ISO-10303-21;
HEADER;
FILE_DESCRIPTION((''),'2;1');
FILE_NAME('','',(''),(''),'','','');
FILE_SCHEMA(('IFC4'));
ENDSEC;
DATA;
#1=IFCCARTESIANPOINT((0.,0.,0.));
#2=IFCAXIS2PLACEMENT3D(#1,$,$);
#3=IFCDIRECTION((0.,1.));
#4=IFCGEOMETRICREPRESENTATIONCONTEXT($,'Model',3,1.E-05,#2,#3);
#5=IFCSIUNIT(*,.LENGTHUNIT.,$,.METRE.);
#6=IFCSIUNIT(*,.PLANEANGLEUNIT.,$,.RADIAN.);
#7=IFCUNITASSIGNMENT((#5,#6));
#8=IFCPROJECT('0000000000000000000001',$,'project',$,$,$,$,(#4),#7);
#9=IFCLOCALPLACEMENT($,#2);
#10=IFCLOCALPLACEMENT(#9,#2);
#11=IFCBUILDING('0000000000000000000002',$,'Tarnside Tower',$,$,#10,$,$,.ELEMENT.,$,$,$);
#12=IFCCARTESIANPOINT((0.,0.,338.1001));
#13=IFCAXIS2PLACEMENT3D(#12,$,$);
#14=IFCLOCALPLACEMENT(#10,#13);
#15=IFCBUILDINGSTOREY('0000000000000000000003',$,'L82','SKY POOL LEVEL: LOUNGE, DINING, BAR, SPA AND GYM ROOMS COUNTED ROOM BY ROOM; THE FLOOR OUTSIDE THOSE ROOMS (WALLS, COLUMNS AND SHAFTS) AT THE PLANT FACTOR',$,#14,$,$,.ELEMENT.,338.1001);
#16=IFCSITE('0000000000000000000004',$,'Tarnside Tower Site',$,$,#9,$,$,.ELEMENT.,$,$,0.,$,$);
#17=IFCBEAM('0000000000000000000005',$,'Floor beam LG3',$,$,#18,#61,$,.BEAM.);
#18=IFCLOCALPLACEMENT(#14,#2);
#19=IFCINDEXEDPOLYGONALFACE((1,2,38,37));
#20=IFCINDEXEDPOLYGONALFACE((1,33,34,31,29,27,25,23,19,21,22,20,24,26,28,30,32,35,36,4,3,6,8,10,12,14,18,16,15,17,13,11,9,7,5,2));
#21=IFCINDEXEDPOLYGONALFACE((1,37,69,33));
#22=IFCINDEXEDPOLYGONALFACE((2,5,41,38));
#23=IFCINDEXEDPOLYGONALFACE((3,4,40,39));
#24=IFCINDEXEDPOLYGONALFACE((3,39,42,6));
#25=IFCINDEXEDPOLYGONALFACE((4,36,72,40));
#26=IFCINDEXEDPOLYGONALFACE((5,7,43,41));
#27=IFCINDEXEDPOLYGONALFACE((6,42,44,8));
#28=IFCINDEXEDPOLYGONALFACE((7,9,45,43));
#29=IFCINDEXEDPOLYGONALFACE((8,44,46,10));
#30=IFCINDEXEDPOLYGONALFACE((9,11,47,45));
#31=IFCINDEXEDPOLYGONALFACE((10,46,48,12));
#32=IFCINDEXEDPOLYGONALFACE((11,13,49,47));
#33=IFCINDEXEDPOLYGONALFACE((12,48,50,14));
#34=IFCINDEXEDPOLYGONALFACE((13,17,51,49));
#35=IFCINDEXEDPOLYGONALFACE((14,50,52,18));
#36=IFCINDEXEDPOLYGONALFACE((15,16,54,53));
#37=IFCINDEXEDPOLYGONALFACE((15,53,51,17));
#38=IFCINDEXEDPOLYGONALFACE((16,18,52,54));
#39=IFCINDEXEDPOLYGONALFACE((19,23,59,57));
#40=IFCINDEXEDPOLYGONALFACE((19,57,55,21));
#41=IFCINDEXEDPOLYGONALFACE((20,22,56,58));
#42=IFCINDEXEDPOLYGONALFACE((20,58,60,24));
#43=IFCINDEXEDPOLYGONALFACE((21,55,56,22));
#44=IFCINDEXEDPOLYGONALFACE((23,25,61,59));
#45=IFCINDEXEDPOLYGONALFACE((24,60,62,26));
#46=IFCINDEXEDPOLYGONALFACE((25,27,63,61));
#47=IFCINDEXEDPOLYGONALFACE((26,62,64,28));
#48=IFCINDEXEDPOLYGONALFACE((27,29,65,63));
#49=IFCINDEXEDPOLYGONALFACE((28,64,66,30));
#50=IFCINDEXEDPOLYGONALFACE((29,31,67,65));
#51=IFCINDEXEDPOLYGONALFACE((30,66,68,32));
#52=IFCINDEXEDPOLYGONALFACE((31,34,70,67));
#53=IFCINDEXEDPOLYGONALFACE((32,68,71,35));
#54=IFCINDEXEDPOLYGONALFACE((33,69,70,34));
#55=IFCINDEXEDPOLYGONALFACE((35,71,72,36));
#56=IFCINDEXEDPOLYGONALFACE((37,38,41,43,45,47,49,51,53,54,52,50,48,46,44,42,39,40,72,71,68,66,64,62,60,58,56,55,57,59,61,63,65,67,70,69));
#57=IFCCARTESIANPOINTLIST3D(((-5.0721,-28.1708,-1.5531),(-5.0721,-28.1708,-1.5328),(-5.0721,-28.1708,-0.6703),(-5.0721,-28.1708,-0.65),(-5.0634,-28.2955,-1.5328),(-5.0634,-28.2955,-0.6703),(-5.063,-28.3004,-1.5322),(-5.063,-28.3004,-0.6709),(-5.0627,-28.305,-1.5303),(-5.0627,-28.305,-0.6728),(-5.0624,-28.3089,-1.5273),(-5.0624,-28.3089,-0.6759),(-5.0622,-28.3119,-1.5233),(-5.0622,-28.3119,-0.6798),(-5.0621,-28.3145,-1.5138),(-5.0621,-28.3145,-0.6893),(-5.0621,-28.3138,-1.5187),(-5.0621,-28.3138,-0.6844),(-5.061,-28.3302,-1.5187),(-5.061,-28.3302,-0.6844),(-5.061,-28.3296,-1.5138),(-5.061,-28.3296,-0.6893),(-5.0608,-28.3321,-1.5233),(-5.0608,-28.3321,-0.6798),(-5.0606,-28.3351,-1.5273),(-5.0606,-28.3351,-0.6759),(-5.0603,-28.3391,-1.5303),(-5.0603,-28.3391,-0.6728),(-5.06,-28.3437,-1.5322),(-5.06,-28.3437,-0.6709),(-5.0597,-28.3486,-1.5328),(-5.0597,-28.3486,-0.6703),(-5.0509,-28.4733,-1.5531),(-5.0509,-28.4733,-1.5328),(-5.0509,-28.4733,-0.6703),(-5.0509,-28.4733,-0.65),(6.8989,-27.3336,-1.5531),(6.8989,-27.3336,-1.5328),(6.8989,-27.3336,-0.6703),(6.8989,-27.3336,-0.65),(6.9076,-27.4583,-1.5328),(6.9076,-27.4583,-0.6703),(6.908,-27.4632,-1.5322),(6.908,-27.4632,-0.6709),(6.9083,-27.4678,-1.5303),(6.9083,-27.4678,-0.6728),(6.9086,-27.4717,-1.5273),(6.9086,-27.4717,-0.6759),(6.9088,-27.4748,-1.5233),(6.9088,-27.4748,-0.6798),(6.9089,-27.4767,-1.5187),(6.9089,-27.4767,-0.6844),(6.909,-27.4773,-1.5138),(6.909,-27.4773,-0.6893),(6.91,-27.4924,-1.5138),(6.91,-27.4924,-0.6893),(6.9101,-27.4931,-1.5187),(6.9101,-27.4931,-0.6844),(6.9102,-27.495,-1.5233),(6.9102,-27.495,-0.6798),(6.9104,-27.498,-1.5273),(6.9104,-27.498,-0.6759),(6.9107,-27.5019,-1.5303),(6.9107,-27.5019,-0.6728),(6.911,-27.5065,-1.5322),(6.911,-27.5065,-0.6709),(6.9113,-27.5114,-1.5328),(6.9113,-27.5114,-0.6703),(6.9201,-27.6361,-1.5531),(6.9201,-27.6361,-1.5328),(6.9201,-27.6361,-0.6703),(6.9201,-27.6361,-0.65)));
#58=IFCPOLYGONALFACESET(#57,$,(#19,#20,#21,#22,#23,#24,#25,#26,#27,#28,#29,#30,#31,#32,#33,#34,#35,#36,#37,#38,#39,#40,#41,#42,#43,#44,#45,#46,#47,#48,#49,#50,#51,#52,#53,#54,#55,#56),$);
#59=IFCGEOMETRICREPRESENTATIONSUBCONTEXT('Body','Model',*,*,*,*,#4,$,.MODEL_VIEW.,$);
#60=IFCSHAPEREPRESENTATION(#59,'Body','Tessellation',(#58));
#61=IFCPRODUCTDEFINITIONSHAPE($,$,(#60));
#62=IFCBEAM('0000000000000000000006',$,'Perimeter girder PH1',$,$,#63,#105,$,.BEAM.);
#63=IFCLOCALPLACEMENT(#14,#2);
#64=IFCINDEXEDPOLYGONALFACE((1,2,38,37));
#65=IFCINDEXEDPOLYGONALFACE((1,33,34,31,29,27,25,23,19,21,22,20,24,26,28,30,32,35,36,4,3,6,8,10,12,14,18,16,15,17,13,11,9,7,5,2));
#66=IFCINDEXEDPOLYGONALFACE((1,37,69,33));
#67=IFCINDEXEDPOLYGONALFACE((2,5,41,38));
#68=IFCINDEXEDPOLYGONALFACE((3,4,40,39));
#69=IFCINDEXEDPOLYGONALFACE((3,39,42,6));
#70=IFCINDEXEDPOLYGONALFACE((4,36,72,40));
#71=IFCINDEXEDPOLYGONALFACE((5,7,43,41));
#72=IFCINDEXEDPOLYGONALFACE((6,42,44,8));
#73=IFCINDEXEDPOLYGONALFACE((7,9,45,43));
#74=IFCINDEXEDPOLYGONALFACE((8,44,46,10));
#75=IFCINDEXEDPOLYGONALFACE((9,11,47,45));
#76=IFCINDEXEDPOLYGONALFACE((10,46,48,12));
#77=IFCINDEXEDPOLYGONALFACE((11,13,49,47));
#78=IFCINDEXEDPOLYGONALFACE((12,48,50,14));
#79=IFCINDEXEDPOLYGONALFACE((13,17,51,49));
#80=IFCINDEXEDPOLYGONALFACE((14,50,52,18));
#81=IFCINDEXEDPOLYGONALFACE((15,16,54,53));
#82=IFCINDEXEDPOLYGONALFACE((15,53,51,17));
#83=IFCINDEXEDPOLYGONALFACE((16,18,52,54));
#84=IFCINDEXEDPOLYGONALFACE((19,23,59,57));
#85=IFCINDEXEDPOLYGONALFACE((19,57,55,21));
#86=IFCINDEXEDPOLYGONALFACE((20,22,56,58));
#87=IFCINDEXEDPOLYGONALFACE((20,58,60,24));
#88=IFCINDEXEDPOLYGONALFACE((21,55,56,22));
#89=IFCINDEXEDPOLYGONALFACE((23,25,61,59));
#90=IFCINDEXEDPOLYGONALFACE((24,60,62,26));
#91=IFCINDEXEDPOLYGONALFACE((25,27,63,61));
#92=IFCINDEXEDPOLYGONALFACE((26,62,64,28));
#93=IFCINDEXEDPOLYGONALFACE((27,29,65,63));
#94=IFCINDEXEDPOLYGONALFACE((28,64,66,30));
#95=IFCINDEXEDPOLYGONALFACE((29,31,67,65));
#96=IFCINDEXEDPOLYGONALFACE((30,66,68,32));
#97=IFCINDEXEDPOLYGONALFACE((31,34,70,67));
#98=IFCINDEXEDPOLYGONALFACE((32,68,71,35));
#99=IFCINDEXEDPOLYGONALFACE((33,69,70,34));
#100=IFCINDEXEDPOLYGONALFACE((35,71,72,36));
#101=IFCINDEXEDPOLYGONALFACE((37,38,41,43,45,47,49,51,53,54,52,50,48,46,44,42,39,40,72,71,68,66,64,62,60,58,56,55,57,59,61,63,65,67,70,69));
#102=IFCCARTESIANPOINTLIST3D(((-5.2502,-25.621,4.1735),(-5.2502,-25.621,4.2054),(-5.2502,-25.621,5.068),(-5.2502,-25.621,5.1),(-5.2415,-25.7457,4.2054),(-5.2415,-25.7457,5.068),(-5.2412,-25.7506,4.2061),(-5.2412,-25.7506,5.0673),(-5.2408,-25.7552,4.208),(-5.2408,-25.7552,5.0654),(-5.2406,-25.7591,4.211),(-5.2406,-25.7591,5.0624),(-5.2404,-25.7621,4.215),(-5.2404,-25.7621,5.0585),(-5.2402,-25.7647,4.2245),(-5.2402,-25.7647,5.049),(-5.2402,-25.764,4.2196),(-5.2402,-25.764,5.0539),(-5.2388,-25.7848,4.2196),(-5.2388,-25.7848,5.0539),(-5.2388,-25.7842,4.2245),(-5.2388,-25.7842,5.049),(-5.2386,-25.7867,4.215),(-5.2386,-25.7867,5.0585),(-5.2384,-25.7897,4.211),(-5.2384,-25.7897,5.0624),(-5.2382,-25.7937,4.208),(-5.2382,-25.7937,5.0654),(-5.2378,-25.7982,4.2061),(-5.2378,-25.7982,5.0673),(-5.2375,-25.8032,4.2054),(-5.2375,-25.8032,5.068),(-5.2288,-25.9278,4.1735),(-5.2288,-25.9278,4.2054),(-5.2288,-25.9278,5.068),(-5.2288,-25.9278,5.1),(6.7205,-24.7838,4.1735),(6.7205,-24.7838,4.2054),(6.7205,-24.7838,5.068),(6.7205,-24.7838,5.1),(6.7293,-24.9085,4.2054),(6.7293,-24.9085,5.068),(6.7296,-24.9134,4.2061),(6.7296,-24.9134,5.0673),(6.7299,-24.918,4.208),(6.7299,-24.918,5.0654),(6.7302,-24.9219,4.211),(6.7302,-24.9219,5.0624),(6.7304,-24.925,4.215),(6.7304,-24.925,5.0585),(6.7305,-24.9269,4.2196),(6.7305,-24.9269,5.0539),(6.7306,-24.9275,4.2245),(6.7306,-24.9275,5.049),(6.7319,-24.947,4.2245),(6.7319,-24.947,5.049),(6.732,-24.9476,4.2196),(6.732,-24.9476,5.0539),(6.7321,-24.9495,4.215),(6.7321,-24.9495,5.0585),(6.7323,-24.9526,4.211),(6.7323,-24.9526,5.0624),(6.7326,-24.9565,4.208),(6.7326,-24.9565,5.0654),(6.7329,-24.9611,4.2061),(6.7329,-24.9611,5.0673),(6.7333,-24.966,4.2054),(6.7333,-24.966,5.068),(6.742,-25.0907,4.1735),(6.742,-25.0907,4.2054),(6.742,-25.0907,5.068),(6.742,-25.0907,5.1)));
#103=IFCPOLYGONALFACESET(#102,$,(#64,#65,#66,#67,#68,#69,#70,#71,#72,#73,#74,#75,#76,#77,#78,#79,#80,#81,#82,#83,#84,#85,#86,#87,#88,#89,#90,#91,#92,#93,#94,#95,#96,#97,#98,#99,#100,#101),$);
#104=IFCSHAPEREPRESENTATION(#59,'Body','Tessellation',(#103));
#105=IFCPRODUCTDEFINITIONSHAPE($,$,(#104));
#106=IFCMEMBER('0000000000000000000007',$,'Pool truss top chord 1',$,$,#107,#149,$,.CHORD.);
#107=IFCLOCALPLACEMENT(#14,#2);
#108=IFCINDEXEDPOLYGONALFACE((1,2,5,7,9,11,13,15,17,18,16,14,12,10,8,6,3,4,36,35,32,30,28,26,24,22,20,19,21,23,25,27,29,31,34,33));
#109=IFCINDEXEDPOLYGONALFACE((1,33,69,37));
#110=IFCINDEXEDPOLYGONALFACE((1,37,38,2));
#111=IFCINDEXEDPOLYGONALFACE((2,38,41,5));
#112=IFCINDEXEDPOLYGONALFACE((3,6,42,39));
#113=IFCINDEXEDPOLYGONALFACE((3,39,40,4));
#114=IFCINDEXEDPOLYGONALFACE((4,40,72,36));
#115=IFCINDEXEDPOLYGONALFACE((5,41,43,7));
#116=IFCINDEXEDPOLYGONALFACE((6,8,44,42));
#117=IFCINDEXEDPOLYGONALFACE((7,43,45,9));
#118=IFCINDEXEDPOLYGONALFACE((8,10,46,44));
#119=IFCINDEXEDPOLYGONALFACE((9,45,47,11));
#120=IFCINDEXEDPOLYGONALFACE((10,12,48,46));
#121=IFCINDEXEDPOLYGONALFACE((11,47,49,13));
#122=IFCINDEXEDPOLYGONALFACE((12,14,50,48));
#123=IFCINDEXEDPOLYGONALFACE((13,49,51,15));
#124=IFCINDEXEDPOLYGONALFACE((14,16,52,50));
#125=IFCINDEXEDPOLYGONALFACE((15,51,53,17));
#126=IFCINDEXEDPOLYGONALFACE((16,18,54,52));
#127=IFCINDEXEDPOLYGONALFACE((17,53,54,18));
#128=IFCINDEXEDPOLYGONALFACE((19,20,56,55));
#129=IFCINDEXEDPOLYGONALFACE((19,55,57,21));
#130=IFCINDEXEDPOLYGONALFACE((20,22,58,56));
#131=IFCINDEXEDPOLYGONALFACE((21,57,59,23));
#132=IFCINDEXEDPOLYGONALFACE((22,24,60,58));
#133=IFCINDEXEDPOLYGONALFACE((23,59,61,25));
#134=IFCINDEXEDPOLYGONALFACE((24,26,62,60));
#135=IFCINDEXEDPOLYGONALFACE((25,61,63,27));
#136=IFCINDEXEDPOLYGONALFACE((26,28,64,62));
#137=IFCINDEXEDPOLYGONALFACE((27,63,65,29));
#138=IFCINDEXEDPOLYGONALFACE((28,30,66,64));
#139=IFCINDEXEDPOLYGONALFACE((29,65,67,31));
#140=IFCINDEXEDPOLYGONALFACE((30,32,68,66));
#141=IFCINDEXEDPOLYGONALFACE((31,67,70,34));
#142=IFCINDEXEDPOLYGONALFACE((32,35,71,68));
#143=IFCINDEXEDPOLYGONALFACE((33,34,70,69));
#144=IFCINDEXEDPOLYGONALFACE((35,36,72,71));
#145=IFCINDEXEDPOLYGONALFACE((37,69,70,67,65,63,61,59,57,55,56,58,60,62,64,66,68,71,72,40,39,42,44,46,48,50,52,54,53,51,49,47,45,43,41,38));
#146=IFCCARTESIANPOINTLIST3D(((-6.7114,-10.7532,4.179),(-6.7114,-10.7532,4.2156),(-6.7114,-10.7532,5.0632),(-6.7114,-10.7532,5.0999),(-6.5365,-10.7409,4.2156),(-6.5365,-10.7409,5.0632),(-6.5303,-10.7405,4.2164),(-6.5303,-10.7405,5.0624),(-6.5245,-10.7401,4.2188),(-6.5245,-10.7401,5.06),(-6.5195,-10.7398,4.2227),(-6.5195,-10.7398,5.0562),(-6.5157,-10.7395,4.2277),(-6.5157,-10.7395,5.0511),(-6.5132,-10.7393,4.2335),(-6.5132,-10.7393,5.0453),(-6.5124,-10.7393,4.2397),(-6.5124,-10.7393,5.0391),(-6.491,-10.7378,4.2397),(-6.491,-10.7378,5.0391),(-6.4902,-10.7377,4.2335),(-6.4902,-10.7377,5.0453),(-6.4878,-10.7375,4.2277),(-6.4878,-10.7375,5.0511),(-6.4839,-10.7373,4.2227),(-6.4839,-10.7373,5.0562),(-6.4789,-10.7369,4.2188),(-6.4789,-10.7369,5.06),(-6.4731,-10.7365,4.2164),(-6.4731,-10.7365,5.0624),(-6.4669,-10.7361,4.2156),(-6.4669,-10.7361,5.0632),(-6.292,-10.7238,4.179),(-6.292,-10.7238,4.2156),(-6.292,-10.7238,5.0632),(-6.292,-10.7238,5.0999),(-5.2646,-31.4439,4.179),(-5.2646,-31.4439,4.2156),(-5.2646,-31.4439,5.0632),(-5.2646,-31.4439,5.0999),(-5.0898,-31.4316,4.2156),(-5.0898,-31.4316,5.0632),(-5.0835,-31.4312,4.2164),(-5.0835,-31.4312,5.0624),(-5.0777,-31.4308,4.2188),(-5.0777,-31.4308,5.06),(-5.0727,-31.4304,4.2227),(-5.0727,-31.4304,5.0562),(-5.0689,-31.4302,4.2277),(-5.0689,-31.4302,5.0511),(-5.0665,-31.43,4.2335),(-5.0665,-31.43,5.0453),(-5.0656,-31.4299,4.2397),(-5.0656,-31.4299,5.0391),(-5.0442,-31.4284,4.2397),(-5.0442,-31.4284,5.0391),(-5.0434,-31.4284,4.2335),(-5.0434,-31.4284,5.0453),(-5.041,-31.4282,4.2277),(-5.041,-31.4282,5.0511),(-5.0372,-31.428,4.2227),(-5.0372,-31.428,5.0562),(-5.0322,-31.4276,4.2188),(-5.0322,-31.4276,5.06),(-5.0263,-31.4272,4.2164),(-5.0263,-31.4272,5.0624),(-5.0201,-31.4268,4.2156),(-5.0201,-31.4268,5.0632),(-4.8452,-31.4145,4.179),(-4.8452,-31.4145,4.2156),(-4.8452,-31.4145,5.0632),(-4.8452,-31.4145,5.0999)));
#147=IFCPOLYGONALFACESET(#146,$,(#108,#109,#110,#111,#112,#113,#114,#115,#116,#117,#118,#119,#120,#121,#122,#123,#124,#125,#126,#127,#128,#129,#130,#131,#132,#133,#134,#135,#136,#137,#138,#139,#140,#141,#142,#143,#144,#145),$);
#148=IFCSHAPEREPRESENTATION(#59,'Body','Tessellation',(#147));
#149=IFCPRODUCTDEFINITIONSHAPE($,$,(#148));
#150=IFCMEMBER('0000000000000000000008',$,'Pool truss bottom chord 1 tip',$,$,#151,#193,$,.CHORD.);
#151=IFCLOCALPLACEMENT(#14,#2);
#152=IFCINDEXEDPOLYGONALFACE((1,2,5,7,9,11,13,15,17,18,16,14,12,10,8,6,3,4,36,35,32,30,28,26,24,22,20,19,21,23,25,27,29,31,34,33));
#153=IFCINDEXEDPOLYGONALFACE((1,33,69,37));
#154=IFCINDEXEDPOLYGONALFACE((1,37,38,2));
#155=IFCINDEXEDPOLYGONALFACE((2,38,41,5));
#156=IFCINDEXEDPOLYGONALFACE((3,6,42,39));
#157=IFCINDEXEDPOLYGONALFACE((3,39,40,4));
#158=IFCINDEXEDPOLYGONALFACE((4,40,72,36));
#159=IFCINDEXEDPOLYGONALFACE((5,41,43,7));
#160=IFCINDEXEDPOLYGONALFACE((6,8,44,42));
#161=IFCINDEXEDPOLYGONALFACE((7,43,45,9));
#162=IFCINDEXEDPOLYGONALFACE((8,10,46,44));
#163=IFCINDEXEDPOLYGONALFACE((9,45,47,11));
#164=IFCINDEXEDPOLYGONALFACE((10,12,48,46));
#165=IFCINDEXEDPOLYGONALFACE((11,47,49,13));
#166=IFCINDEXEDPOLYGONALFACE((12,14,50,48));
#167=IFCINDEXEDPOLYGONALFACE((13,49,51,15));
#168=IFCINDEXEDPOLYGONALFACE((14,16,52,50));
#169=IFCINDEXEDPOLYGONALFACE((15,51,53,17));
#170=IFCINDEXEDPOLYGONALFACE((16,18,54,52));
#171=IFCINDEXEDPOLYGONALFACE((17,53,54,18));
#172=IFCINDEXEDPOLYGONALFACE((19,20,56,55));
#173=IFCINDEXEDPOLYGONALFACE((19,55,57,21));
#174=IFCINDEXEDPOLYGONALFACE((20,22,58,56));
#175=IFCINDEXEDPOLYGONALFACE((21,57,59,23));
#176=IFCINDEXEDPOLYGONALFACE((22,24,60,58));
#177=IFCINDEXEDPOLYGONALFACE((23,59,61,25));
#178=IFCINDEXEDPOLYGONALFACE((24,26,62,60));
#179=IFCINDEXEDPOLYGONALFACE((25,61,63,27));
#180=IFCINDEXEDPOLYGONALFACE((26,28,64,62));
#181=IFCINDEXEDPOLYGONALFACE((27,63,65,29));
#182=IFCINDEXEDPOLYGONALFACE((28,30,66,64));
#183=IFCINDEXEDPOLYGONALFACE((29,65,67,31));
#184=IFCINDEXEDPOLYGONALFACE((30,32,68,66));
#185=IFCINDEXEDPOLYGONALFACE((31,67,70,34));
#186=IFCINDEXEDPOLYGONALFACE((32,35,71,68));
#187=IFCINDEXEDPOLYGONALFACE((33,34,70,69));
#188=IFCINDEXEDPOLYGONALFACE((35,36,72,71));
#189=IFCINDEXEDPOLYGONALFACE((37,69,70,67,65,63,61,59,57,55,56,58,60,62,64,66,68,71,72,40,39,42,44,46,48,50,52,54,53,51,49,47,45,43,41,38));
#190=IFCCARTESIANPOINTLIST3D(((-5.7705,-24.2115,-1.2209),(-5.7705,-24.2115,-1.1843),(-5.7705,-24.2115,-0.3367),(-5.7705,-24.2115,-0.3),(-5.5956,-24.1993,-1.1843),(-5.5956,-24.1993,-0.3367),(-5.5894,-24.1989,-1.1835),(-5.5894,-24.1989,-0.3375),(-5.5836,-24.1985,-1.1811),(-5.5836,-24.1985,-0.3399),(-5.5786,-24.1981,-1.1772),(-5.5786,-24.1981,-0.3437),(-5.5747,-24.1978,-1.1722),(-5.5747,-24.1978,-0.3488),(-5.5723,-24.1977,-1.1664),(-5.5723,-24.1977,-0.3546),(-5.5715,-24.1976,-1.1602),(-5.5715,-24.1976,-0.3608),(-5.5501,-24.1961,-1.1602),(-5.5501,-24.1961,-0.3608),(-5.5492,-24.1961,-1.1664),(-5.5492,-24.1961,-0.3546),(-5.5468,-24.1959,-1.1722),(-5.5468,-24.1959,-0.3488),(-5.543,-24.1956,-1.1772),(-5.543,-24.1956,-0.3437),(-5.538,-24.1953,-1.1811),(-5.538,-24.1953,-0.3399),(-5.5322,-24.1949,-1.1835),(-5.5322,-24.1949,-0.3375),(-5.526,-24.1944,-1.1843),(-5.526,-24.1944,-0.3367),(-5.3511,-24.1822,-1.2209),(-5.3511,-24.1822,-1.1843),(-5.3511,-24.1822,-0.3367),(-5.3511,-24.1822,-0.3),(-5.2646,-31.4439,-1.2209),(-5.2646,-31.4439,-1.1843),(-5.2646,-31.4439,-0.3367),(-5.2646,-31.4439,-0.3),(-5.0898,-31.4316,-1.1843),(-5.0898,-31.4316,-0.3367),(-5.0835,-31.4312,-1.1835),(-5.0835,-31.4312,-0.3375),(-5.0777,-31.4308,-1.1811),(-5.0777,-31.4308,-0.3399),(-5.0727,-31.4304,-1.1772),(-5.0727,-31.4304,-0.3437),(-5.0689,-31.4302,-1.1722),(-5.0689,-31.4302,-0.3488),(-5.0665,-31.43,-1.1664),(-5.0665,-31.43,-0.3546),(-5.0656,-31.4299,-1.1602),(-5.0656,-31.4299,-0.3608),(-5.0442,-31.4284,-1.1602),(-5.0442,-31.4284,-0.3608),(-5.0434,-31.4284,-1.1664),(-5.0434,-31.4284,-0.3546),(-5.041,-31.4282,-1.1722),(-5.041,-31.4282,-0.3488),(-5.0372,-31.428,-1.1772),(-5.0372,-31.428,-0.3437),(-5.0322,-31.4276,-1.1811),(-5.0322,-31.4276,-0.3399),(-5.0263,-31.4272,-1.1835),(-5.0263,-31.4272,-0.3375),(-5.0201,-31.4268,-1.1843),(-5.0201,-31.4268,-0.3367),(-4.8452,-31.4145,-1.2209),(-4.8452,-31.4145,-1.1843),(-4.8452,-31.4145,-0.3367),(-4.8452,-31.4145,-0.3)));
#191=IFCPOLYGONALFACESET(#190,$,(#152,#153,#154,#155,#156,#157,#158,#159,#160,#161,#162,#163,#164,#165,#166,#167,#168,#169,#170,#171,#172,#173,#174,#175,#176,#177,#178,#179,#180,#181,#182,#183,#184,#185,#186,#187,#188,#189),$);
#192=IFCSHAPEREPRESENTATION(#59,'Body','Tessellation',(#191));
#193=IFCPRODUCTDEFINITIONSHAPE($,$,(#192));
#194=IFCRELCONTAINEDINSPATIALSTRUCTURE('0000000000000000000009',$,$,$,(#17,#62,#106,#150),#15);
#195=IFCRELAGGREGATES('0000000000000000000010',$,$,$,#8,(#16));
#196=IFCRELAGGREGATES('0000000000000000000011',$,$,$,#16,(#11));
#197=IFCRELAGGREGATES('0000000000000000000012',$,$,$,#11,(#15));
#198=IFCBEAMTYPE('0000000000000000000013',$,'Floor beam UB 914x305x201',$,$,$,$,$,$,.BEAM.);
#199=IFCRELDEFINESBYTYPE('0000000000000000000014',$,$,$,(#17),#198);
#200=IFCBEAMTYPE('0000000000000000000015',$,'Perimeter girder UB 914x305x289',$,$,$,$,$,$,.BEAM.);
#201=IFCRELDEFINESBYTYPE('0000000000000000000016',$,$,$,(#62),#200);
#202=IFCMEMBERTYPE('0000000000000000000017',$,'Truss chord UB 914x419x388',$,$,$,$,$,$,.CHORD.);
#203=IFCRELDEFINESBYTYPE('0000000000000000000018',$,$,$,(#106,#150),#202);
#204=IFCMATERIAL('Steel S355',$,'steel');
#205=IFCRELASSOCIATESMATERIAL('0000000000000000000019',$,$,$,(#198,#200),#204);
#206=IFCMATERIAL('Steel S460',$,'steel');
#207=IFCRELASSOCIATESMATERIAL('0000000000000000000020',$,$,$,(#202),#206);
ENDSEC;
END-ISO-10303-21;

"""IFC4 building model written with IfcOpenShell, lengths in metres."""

from ifc_helpers import new_model, si_unit, direction, frame, origin, origin_2d, place, context, subcontext, project, spatial, i_section, extrude, material, material_profile, profile_set, type_object, element, save


model = new_model("IFC4")

# Units and contexts
model_context = context("Model", 3, precision=1e-05, world=origin(), true_north=direction((0.0, 1.0)))
body_context = subcontext(model_context, "Body", "Model", "MODEL_VIEW")
ifc_project = project(units=[si_unit("LENGTHUNIT", "METRE"), si_unit("PLANEANGLEUNIT", "RADIAN")], contexts=[model_context])

# Site, building, storey
site_placement = place(None, origin())
site = spatial("IfcSite", under=ifc_project, at=site_placement, Name="Tarnside Tower Site", CompositionType="ELEMENT", RefElevation=0.0)
building_placement = place(site_placement, origin())
building = spatial("IfcBuilding", under=site, at=building_placement, Name="Tarnside Tower", CompositionType="ELEMENT")
storey_placement = place(building_placement, frame((0.0, 0.0, 338.1001)))
storey = spatial("IfcBuildingStorey", under=building, at=storey_placement, Name="L82", Description="SKY POOL LEVEL: LOUNGE, DINING, BAR, SPA AND GYM ROOMS COUNTED ROOM BY ROOM; THE FLOOR OUTSIDE THOSE ROOMS (WALLS, COLUMNS AND SHAFTS) AT THE PLANT FACTOR", CompositionType="ELEMENT", Elevation=338.1001)

# Beams
ifc_material_1 = material(Name="Steel S355", Category="steel")
ifc_material_profile_1 = material_profile(ifc_material_1, i_section(OverallWidth=0.3032, OverallDepth=0.9031, WebThickness=0.0151, FlangeThickness=0.0203, FilletRadius=0.019, at=origin_2d()), Name="UB 914x305x201")
ifc_profile_set_1 = profile_set([ifc_material_profile_1], Name="Steel S355")
beam_type_1 = type_object("IfcBeamType", Name="Floor beam UB 914x305x201", PredefinedType="BEAM", material=ifc_profile_set_1)
for number, where, z_axis, x_axis, name in (
    (1, (-5.0615, -28.322, -1.1016), (0.997564, 0.069762, 0.0), (-0.069762, 0.997564, 0.0), "Floor beam LG3"),
):
    element("IfcBeam", number, at=place(storey_placement, frame(where, z_axis=z_axis, x_axis=x_axis)), inside=storey, type_object=beam_type_1, Name=name, PredefinedType="BEAM", context=body_context, shape_type="SweptSolid", body=[
        extrude(i_section(OverallWidth=0.3032, OverallDepth=0.9031, WebThickness=0.0151, FlangeThickness=0.0203, FilletRadius=0.019, at=origin_2d()), origin(), (0.0, 0.0, 1.0), 12.0002),
    ])
ifc_material_profile_2 = material_profile(ifc_material_1, i_section(OverallWidth=0.3076, OverallDepth=0.9265, WebThickness=0.0195, FlangeThickness=0.032, FilletRadius=0.019, at=origin_2d()), Name="UB 914x305x289")
ifc_profile_set_2 = profile_set([ifc_material_profile_2], Name="Steel S355")
beam_type_2 = type_object("IfcBeamType", Name="Perimeter girder UB 914x305x289", PredefinedType="BEAM", material=ifc_profile_set_2)
beam_1_placement = place(storey_placement, frame((-5.2395, -25.7744, 4.6367), z_axis=(0.997564, 0.069764, 0.0), x_axis=(-0.069764, 0.997564, 0.0)))
element("IfcBeam", 2, at=beam_1_placement, inside=storey, type_object=beam_type_2, Name="Perimeter girder PH1", PredefinedType="BEAM", context=body_context, shape_type="SweptSolid", body=[
    extrude(i_section(OverallWidth=0.3076, OverallDepth=0.9265, WebThickness=0.0195, FlangeThickness=0.032, FilletRadius=0.019, at=origin_2d()), origin(), (0.0, 0.0, 1.0), 12.0),
])

# Members
ifc_material_2 = material(Name="Steel S460", Category="steel")
ifc_material_profile_3 = material_profile(ifc_material_2, i_section(OverallWidth=0.4204, OverallDepth=0.9209, WebThickness=0.0215, FlangeThickness=0.0366, FilletRadius=0.0242, at=origin_2d()), Name="UB 914x419x388")
ifc_profile_set_3 = profile_set([ifc_material_profile_3], Name="Steel S460")
member_type_1 = type_object("IfcMemberType", Name="Truss chord UB 914x419x388", PredefinedType="CHORD", material=ifc_profile_set_3)
member_1_placement = place(storey_placement, frame((-5.0549, -31.4292, 4.6394), z_axis=(-0.069754, 0.997564, 0.0), x_axis=(-0.997564, -0.069754, 0.0)))
element("IfcMember", 3, at=member_1_placement, inside=storey, type_object=member_type_1, Name="Pool truss top chord 1", PredefinedType="CHORD", context=body_context, shape_type="SweptSolid", body=[
    extrude(i_section(OverallWidth=0.4204, OverallDepth=0.9209, WebThickness=0.0215, FlangeThickness=0.0366, FilletRadius=0.0242, at=origin_2d()), origin(), (0.0, 0.0, 1.0), 20.7412),
])
member_2_placement = place(storey_placement, frame((-5.0549, -31.4292, -0.7605), z_axis=(-0.069773, 0.997563, 0.0), x_axis=(-0.997563, -0.069773, 0.0)))
element("IfcMember", 4, at=member_2_placement, inside=storey, type_object=member_type_1, Name="Pool truss bottom chord 1 tip", PredefinedType="CHORD", context=body_context, shape_type="SweptSolid", body=[
    extrude(i_section(OverallWidth=0.4204, OverallDepth=0.9209, WebThickness=0.0215, FlangeThickness=0.0366, FilletRadius=0.0242, at=origin_2d()), origin(), (0.0, 0.0, 1.0), 7.25),
])

save(model, "model.ifc")
